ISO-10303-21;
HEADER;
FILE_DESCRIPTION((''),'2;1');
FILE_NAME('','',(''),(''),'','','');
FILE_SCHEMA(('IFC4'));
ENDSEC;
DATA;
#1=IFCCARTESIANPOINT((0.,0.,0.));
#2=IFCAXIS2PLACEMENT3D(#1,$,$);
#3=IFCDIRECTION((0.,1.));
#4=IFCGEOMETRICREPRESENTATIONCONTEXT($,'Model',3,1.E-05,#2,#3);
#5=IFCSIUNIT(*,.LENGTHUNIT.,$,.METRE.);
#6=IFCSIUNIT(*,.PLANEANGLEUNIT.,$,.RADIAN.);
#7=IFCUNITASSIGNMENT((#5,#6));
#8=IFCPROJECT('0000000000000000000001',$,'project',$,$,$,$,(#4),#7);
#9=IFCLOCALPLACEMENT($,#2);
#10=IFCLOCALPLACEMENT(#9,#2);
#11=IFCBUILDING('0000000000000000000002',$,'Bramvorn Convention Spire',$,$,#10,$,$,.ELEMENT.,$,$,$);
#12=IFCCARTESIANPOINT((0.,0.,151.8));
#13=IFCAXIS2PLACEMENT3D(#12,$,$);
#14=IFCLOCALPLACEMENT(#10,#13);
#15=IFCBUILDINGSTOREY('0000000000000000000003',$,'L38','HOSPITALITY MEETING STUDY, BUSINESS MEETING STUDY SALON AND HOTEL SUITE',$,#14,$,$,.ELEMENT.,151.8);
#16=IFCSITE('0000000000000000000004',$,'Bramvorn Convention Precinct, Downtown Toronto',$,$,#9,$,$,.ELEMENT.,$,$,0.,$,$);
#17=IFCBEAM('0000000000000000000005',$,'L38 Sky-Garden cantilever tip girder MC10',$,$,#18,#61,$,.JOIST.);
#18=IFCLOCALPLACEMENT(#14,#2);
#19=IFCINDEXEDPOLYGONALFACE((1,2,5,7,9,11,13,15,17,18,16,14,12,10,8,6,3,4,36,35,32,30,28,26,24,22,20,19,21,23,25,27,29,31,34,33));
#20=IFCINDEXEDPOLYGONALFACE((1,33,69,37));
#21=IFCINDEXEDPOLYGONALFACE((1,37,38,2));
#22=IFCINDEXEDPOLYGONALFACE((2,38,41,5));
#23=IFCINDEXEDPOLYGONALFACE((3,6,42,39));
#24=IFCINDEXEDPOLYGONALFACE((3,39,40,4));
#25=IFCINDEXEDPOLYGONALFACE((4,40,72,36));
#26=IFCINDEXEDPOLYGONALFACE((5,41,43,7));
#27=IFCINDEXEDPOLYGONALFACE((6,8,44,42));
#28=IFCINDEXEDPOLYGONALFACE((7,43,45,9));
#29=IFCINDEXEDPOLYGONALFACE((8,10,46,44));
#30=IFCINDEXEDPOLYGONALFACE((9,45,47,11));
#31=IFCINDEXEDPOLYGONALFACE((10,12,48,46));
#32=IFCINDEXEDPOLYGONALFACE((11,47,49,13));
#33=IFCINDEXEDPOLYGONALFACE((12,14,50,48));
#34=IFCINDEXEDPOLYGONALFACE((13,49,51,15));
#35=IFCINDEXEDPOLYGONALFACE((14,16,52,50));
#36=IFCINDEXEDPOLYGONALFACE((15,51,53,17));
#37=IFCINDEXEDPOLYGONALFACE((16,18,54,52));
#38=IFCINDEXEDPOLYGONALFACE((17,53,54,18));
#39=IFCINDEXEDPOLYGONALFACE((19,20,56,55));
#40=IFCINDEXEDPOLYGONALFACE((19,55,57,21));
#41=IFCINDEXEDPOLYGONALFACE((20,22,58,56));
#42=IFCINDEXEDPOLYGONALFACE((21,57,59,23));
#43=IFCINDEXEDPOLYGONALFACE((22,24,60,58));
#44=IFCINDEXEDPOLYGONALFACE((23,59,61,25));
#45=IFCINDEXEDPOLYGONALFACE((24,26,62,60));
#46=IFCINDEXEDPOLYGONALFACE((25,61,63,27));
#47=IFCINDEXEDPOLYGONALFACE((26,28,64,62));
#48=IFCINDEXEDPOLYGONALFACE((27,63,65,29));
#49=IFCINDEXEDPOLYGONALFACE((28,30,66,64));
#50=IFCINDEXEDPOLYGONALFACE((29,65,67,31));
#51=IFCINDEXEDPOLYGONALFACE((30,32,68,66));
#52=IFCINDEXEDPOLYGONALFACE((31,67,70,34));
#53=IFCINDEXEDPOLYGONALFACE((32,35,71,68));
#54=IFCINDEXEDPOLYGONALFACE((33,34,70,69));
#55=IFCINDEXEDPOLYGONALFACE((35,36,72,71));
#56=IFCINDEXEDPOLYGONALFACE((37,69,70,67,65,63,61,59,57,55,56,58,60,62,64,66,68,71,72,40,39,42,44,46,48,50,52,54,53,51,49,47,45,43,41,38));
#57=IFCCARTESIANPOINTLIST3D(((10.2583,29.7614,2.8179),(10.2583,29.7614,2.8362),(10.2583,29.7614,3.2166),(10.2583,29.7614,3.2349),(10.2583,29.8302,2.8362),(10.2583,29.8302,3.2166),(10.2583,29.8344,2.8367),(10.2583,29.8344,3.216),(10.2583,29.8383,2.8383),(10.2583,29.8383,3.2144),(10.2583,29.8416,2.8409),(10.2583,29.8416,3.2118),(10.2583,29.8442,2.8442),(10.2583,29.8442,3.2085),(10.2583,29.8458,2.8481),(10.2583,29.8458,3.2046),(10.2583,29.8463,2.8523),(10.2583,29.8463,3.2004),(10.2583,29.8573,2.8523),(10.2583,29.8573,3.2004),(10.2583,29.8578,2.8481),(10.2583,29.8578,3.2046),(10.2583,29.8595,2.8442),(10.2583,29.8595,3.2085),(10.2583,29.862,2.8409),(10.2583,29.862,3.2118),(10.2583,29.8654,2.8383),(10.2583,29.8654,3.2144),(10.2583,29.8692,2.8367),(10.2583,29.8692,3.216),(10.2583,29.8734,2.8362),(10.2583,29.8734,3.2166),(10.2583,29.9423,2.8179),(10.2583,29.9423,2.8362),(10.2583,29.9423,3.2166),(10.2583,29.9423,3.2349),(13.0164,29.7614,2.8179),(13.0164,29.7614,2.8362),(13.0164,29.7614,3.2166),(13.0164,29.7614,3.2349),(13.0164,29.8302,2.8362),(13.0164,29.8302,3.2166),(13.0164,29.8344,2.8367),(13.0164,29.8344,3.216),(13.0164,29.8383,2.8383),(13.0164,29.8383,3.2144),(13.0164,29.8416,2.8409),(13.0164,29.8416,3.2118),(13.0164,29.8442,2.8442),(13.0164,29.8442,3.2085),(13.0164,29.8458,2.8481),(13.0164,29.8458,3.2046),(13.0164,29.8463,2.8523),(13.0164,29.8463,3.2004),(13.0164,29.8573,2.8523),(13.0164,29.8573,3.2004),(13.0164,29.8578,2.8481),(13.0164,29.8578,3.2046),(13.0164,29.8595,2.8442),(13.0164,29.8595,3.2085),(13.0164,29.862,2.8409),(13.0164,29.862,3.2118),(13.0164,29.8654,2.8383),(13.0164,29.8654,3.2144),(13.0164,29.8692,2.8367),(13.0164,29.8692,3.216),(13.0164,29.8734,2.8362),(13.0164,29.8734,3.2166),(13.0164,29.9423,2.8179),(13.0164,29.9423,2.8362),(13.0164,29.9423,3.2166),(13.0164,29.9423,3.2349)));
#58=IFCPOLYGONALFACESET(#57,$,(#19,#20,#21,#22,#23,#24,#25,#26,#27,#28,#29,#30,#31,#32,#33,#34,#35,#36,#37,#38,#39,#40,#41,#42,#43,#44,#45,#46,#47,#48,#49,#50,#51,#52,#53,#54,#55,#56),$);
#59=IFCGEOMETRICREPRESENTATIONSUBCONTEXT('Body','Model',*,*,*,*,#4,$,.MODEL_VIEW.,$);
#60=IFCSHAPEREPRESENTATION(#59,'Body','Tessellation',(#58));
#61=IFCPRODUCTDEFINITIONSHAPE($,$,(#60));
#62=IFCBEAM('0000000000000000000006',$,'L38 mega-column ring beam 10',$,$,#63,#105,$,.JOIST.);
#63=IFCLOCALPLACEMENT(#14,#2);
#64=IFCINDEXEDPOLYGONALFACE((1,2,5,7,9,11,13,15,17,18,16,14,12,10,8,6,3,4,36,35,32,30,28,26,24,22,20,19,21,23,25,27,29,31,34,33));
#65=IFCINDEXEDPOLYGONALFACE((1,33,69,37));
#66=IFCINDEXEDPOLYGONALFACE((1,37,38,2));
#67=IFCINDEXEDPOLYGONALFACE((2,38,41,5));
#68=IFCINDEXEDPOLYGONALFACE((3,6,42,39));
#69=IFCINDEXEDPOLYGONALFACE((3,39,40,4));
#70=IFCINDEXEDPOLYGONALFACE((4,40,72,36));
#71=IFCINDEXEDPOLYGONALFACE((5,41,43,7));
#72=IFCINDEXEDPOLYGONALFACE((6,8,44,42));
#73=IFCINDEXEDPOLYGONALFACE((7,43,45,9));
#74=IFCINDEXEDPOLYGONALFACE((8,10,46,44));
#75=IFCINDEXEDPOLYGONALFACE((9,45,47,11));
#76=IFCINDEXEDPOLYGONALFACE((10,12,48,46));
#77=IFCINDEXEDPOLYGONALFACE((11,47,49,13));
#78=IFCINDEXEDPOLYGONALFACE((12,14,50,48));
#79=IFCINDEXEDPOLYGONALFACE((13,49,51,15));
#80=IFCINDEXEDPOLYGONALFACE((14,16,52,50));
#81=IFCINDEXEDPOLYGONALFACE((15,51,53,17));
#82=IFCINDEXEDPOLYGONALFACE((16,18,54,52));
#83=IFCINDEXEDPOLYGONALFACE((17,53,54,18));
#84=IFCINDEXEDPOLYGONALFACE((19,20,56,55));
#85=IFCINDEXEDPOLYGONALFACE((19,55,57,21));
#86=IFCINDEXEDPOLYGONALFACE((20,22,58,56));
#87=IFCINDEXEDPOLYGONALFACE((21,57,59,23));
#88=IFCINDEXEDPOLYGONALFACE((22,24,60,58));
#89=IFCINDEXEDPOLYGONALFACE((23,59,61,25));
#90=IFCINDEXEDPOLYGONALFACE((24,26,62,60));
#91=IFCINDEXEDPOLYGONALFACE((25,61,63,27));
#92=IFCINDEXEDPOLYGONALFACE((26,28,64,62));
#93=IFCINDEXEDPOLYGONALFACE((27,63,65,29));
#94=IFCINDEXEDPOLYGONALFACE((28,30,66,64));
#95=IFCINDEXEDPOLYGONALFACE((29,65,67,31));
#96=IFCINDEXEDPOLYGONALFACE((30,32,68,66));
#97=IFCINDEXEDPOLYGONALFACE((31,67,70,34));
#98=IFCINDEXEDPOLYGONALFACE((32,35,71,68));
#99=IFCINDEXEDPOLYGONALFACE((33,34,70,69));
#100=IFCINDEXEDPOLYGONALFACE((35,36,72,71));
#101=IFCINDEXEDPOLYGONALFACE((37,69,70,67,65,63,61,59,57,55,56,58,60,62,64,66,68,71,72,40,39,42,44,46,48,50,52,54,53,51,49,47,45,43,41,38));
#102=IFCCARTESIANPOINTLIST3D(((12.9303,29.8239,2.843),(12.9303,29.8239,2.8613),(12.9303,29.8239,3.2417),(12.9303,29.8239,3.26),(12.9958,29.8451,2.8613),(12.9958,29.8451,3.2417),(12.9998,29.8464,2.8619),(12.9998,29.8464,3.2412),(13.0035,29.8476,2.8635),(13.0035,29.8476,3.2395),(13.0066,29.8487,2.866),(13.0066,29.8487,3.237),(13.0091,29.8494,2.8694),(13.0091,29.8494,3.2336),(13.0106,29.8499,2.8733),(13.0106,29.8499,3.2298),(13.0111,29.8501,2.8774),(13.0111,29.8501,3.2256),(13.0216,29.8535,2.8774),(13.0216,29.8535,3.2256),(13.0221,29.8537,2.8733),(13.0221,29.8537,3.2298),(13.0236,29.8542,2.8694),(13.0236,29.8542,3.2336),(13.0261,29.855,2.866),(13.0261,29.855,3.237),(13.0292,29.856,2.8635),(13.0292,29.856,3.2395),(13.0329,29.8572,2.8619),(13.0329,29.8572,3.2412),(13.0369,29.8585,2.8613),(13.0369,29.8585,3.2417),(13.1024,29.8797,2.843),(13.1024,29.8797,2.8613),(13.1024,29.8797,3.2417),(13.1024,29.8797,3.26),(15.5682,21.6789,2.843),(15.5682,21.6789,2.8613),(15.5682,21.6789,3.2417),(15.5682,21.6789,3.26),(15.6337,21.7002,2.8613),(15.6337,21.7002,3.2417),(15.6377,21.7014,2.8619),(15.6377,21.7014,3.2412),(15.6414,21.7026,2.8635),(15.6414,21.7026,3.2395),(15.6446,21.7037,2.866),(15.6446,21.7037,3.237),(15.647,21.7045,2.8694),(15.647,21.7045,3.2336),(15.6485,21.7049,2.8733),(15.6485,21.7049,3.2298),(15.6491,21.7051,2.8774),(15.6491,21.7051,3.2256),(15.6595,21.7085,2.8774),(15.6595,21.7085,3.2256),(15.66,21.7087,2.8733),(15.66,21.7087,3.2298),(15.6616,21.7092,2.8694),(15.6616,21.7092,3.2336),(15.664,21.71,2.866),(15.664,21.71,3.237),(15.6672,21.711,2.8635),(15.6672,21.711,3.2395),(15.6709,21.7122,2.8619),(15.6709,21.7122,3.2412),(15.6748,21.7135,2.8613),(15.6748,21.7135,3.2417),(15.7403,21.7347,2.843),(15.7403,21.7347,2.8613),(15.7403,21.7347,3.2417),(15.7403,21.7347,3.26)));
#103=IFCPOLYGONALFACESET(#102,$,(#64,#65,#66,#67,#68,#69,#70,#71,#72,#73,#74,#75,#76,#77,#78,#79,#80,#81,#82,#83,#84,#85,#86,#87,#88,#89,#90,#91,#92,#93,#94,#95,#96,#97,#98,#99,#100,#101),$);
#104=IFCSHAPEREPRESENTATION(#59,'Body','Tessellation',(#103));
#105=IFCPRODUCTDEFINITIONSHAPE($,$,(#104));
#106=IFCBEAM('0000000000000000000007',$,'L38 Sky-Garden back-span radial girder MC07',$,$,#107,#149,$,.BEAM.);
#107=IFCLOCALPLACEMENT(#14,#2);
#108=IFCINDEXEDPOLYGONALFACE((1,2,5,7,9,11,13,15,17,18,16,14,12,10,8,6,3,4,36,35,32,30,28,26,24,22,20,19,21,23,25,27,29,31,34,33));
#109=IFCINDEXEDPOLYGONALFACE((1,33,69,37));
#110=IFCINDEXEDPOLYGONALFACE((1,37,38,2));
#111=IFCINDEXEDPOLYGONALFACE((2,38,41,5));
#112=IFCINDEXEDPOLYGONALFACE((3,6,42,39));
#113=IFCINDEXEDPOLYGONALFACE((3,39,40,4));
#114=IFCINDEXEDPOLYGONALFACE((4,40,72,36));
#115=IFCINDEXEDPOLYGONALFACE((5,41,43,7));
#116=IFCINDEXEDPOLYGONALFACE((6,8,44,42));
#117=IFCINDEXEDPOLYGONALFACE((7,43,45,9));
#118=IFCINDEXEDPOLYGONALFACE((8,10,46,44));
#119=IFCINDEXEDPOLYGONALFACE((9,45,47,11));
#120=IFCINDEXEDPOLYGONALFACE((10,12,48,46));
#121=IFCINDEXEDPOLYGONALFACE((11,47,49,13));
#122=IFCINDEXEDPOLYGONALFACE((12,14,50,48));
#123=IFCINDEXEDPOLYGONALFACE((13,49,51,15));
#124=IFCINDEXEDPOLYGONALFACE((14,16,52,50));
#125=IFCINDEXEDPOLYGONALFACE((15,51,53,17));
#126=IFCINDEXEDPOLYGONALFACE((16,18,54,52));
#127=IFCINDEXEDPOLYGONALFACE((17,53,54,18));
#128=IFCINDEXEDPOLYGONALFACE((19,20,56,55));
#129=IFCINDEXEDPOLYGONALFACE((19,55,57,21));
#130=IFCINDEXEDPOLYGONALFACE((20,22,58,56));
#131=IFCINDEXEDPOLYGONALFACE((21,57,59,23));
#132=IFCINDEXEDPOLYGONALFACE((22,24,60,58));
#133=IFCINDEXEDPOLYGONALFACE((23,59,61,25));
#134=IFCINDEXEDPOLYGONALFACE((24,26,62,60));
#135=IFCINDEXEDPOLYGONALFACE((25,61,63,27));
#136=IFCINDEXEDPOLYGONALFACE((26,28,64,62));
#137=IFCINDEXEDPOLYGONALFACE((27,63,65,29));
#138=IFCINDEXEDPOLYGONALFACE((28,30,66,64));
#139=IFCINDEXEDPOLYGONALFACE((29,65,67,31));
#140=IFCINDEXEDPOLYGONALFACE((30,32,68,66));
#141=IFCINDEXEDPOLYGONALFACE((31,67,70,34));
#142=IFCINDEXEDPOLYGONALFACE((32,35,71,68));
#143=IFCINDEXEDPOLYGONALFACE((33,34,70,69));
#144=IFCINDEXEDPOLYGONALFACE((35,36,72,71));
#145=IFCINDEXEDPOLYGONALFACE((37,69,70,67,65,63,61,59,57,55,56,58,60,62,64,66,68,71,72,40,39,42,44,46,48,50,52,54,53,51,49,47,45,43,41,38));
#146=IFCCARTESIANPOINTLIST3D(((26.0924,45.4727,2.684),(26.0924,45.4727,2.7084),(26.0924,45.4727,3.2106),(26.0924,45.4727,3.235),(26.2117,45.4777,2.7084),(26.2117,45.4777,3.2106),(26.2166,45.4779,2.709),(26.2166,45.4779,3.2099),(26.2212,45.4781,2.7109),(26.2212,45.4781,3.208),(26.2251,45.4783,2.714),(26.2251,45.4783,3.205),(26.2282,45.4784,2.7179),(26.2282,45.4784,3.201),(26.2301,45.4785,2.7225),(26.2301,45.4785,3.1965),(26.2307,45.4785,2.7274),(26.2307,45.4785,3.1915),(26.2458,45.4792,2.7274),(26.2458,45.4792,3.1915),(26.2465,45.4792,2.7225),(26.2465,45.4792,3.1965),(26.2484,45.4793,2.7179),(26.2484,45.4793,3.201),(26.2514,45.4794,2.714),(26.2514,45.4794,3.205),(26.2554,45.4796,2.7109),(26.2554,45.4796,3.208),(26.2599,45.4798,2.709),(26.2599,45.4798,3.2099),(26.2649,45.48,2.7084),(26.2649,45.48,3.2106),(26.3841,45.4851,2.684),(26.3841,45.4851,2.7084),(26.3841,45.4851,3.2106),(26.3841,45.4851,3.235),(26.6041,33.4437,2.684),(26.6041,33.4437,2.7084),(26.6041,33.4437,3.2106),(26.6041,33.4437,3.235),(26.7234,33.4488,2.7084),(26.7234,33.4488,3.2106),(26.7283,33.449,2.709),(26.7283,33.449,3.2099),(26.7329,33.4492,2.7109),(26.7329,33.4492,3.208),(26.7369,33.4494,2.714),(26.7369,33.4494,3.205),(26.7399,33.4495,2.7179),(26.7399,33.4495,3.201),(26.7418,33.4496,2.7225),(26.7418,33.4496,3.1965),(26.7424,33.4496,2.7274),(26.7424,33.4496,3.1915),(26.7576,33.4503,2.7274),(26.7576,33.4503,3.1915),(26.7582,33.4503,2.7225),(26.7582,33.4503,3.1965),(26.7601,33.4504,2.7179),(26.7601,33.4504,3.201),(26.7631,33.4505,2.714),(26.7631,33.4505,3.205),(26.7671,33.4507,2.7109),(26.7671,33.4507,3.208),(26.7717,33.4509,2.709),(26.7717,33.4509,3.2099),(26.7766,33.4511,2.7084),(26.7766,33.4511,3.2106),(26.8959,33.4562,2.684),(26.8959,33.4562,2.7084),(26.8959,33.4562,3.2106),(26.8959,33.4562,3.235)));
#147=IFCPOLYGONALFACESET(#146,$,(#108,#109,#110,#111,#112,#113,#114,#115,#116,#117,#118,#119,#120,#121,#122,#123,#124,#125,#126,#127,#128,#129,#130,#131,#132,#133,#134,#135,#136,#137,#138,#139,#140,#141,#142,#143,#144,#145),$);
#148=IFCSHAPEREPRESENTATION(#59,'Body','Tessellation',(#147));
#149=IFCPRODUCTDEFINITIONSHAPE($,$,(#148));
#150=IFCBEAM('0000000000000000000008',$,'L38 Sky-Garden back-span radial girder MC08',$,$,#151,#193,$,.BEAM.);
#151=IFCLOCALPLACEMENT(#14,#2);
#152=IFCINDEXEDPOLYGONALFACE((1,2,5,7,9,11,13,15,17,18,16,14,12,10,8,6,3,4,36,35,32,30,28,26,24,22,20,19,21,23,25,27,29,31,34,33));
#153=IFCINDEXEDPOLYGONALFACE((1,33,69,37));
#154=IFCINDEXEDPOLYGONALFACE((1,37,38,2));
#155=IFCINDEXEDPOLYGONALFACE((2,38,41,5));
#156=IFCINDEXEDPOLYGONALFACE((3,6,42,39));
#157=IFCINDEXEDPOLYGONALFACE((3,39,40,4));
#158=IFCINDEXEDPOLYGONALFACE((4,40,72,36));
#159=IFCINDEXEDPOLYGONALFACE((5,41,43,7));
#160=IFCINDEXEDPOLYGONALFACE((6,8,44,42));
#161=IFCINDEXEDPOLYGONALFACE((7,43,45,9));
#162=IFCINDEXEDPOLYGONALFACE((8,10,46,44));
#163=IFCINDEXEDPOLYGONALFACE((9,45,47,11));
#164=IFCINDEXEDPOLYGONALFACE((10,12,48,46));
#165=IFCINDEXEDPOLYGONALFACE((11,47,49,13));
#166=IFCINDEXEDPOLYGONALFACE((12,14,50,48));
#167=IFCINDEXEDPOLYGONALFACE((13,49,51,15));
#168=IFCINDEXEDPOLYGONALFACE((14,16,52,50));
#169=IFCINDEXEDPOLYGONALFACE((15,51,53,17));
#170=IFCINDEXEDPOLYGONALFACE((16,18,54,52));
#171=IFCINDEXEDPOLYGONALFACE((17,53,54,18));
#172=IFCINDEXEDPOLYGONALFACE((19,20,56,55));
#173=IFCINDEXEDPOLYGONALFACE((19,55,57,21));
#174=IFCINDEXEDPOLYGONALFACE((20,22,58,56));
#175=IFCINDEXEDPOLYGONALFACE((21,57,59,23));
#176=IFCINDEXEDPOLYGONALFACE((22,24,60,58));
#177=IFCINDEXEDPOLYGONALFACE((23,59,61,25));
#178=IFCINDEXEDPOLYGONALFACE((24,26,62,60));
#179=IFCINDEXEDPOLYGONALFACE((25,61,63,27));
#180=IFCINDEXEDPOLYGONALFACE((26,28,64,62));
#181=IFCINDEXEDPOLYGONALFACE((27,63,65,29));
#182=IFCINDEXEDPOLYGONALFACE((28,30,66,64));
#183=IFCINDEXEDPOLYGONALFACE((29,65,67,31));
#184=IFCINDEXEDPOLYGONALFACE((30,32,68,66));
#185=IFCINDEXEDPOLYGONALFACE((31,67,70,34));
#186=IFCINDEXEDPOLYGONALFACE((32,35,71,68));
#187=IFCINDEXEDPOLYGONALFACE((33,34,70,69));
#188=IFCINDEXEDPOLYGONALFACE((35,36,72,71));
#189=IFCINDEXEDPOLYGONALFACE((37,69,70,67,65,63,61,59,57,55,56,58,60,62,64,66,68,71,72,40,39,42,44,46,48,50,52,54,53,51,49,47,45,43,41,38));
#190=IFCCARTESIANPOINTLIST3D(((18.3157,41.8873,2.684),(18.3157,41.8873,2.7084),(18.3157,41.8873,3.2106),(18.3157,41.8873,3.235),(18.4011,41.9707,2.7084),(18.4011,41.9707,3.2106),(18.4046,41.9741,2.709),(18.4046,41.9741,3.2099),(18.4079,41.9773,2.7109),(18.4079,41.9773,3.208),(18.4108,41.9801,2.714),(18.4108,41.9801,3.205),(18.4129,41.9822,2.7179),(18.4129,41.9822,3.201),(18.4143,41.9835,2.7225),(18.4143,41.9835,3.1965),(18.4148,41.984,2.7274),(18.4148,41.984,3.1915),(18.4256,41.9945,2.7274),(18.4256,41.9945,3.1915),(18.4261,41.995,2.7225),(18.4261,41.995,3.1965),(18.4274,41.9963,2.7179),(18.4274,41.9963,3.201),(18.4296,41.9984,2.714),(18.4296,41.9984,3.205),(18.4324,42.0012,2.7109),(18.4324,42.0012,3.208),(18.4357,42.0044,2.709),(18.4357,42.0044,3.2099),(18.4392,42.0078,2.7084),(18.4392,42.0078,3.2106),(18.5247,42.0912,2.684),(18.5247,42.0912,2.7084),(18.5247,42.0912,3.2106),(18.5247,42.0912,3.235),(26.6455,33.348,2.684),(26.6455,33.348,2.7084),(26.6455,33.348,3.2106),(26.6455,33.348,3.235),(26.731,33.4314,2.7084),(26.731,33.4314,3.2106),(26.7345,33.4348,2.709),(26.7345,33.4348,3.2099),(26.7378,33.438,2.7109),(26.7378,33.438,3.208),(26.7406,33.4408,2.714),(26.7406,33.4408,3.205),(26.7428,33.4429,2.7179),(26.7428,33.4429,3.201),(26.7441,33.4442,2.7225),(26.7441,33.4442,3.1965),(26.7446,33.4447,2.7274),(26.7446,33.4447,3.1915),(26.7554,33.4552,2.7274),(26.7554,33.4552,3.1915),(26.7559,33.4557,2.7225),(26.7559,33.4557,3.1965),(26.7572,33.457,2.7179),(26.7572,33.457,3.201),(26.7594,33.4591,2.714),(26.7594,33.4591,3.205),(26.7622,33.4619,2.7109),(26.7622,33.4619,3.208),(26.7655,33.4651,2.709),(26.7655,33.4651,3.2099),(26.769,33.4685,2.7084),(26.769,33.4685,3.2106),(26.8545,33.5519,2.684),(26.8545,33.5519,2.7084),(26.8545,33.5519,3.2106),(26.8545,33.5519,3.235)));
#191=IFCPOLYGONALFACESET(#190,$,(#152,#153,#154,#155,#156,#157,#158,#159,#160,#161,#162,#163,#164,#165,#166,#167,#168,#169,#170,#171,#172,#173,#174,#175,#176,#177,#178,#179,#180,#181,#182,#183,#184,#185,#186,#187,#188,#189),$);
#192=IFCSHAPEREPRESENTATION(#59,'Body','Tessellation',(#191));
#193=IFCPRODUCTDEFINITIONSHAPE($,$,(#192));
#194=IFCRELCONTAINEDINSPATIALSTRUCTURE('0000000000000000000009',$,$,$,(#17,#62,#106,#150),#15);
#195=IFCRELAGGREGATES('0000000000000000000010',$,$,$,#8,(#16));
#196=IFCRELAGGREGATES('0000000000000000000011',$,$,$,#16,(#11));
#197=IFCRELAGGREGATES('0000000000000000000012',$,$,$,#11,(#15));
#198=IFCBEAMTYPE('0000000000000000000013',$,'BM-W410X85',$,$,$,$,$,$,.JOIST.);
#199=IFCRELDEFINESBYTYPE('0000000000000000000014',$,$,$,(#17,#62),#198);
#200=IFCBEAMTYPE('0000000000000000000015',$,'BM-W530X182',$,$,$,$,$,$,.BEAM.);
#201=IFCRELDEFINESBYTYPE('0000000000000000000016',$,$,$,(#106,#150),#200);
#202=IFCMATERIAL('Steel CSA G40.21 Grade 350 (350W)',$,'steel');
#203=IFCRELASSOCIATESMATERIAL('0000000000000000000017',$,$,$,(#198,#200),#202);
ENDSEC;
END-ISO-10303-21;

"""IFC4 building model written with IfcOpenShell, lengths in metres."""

from ifc_helpers import new_model, si_unit, direction, frame, origin, origin_2d, place, context, subcontext, project, spatial, i_section, extrude, material, material_profile, profile_set, type_object, element, save


model = new_model("IFC4")

# Units and contexts
model_context = context("Model", 3, precision=1e-05, world=origin(), true_north=direction((0.0, 1.0)))
body_context = subcontext(model_context, "Body", "Model", "MODEL_VIEW")
ifc_project = project(units=[si_unit("LENGTHUNIT", "METRE"), si_unit("PLANEANGLEUNIT", "RADIAN")], contexts=[model_context])

# Site, building, storey
site_placement = place(None, origin())
site = spatial("IfcSite", under=ifc_project, at=site_placement, Name="Bramvorn Convention Precinct, Downtown Toronto", CompositionType="ELEMENT", RefElevation=0.0)
building_placement = place(site_placement, origin())
building = spatial("IfcBuilding", under=site, at=building_placement, Name="Bramvorn Convention Spire", CompositionType="ELEMENT")
storey_placement = place(building_placement, frame((0.0, 0.0, 151.8)))
storey = spatial("IfcBuildingStorey", under=building, at=storey_placement, Name="L38", Description="HOSPITALITY MEETING STUDY, BUSINESS MEETING STUDY SALON AND HOTEL SUITE", CompositionType="ELEMENT", Elevation=151.8)

# Shared definitions
ifc_material_1 = material(Name="Steel CSA G40.21 Grade 350 (350W)", Category="steel")

# Beams
ifc_material_profile_1 = material_profile(ifc_material_1, i_section(OverallWidth=0.1809, OverallDepth=0.417, WebThickness=0.011, FlangeThickness=0.0183, FilletRadius=0.0161, at=origin_2d()))
ifc_profile_set_1 = profile_set([ifc_material_profile_1], Name="Steel CSA G40.21 Grade 350 (350W) - W410X85")
beam_type_1 = type_object("IfcBeamType", Name="BM-W410X85", PredefinedType="JOIST", material=ifc_profile_set_1)
beam_1_placement = place(storey_placement, frame((13.0164, 29.8518, 3.0264), z_axis=(-1.0, 0.0, 0.0), x_axis=(0.0, -1.0, 0.0)))
element("IfcBeam", 1, at=beam_1_placement, inside=storey, type_object=beam_type_1, Name="L38 Sky-Garden cantilever tip girder MC10", PredefinedType="JOIST", context=body_context, shape_type="SweptSolid", body=[
    extrude(i_section(OverallWidth=0.1809, OverallDepth=0.417, WebThickness=0.011, FlangeThickness=0.0183, FilletRadius=0.0161, at=origin_2d()), origin(), (0.0, 0.0, 1.0), 2.7581),
])
beam_2_placement = place(storey_placement, frame((13.0164, 29.8518, 3.0515), z_axis=(0.308115, -0.951349, 0.0), x_axis=(0.951349, 0.308115, 0.0)))
element("IfcBeam", 2, at=beam_2_placement, inside=storey, type_object=beam_type_1, Name="L38 mega-column ring beam 10", PredefinedType="JOIST", context=body_context, shape_type="SweptSolid", body=[
    extrude(i_section(OverallWidth=0.1809, OverallDepth=0.417, WebThickness=0.011, FlangeThickness=0.0183, FilletRadius=0.0161, at=origin_2d()), origin(), (0.0, 0.0, 1.0), 8.5615),
])
ifc_material_profile_2 = material_profile(ifc_material_1, i_section(OverallWidth=0.292, OverallDepth=0.551, WebThickness=0.0151, FlangeThickness=0.0244, FilletRadius=0.019, at=origin_2d()))
ifc_profile_set_2 = profile_set([ifc_material_profile_2], Name="Steel CSA G40.21 Grade 350 (350W) - W530X182")
beam_type_2 = type_object("IfcBeamType", Name="BM-W530X182", PredefinedType="BEAM", material=ifc_profile_set_2)
beam_3_placement = place(storey_placement, frame((26.75, 33.45, 2.9595), z_axis=(-0.042503, 0.999096, 0.0), x_axis=(-0.999096, -0.042503, 0.0)))
element("IfcBeam", 3, at=beam_3_placement, inside=storey, type_object=beam_type_2, Name="L38 Sky-Garden back-span radial girder MC07", PredefinedType="BEAM", context=body_context, shape_type="SweptSolid", body=[
    extrude(i_section(OverallWidth=0.292, OverallDepth=0.551, WebThickness=0.0151, FlangeThickness=0.0244, FilletRadius=0.019, at=origin_2d()), origin(), (0.0, 0.0, 1.0), 12.0398),
])
beam_4_placement = place(storey_placement, frame((26.75, 33.45, 2.9595), z_axis=(-0.698272, 0.715832, 0.0), x_axis=(-0.715832, -0.698272, 0.0)))
element("IfcBeam", 4, at=beam_4_placement, inside=storey, type_object=beam_type_2, Name="L38 Sky-Garden back-span radial girder MC08", PredefinedType="BEAM", context=body_context, shape_type="SweptSolid", body=[
    extrude(i_section(OverallWidth=0.292, OverallDepth=0.551, WebThickness=0.0151, FlangeThickness=0.0244, FilletRadius=0.019, at=origin_2d()), origin(), (0.0, 0.0, 1.0), 11.9292),
])

save(model, "model.ifc")
